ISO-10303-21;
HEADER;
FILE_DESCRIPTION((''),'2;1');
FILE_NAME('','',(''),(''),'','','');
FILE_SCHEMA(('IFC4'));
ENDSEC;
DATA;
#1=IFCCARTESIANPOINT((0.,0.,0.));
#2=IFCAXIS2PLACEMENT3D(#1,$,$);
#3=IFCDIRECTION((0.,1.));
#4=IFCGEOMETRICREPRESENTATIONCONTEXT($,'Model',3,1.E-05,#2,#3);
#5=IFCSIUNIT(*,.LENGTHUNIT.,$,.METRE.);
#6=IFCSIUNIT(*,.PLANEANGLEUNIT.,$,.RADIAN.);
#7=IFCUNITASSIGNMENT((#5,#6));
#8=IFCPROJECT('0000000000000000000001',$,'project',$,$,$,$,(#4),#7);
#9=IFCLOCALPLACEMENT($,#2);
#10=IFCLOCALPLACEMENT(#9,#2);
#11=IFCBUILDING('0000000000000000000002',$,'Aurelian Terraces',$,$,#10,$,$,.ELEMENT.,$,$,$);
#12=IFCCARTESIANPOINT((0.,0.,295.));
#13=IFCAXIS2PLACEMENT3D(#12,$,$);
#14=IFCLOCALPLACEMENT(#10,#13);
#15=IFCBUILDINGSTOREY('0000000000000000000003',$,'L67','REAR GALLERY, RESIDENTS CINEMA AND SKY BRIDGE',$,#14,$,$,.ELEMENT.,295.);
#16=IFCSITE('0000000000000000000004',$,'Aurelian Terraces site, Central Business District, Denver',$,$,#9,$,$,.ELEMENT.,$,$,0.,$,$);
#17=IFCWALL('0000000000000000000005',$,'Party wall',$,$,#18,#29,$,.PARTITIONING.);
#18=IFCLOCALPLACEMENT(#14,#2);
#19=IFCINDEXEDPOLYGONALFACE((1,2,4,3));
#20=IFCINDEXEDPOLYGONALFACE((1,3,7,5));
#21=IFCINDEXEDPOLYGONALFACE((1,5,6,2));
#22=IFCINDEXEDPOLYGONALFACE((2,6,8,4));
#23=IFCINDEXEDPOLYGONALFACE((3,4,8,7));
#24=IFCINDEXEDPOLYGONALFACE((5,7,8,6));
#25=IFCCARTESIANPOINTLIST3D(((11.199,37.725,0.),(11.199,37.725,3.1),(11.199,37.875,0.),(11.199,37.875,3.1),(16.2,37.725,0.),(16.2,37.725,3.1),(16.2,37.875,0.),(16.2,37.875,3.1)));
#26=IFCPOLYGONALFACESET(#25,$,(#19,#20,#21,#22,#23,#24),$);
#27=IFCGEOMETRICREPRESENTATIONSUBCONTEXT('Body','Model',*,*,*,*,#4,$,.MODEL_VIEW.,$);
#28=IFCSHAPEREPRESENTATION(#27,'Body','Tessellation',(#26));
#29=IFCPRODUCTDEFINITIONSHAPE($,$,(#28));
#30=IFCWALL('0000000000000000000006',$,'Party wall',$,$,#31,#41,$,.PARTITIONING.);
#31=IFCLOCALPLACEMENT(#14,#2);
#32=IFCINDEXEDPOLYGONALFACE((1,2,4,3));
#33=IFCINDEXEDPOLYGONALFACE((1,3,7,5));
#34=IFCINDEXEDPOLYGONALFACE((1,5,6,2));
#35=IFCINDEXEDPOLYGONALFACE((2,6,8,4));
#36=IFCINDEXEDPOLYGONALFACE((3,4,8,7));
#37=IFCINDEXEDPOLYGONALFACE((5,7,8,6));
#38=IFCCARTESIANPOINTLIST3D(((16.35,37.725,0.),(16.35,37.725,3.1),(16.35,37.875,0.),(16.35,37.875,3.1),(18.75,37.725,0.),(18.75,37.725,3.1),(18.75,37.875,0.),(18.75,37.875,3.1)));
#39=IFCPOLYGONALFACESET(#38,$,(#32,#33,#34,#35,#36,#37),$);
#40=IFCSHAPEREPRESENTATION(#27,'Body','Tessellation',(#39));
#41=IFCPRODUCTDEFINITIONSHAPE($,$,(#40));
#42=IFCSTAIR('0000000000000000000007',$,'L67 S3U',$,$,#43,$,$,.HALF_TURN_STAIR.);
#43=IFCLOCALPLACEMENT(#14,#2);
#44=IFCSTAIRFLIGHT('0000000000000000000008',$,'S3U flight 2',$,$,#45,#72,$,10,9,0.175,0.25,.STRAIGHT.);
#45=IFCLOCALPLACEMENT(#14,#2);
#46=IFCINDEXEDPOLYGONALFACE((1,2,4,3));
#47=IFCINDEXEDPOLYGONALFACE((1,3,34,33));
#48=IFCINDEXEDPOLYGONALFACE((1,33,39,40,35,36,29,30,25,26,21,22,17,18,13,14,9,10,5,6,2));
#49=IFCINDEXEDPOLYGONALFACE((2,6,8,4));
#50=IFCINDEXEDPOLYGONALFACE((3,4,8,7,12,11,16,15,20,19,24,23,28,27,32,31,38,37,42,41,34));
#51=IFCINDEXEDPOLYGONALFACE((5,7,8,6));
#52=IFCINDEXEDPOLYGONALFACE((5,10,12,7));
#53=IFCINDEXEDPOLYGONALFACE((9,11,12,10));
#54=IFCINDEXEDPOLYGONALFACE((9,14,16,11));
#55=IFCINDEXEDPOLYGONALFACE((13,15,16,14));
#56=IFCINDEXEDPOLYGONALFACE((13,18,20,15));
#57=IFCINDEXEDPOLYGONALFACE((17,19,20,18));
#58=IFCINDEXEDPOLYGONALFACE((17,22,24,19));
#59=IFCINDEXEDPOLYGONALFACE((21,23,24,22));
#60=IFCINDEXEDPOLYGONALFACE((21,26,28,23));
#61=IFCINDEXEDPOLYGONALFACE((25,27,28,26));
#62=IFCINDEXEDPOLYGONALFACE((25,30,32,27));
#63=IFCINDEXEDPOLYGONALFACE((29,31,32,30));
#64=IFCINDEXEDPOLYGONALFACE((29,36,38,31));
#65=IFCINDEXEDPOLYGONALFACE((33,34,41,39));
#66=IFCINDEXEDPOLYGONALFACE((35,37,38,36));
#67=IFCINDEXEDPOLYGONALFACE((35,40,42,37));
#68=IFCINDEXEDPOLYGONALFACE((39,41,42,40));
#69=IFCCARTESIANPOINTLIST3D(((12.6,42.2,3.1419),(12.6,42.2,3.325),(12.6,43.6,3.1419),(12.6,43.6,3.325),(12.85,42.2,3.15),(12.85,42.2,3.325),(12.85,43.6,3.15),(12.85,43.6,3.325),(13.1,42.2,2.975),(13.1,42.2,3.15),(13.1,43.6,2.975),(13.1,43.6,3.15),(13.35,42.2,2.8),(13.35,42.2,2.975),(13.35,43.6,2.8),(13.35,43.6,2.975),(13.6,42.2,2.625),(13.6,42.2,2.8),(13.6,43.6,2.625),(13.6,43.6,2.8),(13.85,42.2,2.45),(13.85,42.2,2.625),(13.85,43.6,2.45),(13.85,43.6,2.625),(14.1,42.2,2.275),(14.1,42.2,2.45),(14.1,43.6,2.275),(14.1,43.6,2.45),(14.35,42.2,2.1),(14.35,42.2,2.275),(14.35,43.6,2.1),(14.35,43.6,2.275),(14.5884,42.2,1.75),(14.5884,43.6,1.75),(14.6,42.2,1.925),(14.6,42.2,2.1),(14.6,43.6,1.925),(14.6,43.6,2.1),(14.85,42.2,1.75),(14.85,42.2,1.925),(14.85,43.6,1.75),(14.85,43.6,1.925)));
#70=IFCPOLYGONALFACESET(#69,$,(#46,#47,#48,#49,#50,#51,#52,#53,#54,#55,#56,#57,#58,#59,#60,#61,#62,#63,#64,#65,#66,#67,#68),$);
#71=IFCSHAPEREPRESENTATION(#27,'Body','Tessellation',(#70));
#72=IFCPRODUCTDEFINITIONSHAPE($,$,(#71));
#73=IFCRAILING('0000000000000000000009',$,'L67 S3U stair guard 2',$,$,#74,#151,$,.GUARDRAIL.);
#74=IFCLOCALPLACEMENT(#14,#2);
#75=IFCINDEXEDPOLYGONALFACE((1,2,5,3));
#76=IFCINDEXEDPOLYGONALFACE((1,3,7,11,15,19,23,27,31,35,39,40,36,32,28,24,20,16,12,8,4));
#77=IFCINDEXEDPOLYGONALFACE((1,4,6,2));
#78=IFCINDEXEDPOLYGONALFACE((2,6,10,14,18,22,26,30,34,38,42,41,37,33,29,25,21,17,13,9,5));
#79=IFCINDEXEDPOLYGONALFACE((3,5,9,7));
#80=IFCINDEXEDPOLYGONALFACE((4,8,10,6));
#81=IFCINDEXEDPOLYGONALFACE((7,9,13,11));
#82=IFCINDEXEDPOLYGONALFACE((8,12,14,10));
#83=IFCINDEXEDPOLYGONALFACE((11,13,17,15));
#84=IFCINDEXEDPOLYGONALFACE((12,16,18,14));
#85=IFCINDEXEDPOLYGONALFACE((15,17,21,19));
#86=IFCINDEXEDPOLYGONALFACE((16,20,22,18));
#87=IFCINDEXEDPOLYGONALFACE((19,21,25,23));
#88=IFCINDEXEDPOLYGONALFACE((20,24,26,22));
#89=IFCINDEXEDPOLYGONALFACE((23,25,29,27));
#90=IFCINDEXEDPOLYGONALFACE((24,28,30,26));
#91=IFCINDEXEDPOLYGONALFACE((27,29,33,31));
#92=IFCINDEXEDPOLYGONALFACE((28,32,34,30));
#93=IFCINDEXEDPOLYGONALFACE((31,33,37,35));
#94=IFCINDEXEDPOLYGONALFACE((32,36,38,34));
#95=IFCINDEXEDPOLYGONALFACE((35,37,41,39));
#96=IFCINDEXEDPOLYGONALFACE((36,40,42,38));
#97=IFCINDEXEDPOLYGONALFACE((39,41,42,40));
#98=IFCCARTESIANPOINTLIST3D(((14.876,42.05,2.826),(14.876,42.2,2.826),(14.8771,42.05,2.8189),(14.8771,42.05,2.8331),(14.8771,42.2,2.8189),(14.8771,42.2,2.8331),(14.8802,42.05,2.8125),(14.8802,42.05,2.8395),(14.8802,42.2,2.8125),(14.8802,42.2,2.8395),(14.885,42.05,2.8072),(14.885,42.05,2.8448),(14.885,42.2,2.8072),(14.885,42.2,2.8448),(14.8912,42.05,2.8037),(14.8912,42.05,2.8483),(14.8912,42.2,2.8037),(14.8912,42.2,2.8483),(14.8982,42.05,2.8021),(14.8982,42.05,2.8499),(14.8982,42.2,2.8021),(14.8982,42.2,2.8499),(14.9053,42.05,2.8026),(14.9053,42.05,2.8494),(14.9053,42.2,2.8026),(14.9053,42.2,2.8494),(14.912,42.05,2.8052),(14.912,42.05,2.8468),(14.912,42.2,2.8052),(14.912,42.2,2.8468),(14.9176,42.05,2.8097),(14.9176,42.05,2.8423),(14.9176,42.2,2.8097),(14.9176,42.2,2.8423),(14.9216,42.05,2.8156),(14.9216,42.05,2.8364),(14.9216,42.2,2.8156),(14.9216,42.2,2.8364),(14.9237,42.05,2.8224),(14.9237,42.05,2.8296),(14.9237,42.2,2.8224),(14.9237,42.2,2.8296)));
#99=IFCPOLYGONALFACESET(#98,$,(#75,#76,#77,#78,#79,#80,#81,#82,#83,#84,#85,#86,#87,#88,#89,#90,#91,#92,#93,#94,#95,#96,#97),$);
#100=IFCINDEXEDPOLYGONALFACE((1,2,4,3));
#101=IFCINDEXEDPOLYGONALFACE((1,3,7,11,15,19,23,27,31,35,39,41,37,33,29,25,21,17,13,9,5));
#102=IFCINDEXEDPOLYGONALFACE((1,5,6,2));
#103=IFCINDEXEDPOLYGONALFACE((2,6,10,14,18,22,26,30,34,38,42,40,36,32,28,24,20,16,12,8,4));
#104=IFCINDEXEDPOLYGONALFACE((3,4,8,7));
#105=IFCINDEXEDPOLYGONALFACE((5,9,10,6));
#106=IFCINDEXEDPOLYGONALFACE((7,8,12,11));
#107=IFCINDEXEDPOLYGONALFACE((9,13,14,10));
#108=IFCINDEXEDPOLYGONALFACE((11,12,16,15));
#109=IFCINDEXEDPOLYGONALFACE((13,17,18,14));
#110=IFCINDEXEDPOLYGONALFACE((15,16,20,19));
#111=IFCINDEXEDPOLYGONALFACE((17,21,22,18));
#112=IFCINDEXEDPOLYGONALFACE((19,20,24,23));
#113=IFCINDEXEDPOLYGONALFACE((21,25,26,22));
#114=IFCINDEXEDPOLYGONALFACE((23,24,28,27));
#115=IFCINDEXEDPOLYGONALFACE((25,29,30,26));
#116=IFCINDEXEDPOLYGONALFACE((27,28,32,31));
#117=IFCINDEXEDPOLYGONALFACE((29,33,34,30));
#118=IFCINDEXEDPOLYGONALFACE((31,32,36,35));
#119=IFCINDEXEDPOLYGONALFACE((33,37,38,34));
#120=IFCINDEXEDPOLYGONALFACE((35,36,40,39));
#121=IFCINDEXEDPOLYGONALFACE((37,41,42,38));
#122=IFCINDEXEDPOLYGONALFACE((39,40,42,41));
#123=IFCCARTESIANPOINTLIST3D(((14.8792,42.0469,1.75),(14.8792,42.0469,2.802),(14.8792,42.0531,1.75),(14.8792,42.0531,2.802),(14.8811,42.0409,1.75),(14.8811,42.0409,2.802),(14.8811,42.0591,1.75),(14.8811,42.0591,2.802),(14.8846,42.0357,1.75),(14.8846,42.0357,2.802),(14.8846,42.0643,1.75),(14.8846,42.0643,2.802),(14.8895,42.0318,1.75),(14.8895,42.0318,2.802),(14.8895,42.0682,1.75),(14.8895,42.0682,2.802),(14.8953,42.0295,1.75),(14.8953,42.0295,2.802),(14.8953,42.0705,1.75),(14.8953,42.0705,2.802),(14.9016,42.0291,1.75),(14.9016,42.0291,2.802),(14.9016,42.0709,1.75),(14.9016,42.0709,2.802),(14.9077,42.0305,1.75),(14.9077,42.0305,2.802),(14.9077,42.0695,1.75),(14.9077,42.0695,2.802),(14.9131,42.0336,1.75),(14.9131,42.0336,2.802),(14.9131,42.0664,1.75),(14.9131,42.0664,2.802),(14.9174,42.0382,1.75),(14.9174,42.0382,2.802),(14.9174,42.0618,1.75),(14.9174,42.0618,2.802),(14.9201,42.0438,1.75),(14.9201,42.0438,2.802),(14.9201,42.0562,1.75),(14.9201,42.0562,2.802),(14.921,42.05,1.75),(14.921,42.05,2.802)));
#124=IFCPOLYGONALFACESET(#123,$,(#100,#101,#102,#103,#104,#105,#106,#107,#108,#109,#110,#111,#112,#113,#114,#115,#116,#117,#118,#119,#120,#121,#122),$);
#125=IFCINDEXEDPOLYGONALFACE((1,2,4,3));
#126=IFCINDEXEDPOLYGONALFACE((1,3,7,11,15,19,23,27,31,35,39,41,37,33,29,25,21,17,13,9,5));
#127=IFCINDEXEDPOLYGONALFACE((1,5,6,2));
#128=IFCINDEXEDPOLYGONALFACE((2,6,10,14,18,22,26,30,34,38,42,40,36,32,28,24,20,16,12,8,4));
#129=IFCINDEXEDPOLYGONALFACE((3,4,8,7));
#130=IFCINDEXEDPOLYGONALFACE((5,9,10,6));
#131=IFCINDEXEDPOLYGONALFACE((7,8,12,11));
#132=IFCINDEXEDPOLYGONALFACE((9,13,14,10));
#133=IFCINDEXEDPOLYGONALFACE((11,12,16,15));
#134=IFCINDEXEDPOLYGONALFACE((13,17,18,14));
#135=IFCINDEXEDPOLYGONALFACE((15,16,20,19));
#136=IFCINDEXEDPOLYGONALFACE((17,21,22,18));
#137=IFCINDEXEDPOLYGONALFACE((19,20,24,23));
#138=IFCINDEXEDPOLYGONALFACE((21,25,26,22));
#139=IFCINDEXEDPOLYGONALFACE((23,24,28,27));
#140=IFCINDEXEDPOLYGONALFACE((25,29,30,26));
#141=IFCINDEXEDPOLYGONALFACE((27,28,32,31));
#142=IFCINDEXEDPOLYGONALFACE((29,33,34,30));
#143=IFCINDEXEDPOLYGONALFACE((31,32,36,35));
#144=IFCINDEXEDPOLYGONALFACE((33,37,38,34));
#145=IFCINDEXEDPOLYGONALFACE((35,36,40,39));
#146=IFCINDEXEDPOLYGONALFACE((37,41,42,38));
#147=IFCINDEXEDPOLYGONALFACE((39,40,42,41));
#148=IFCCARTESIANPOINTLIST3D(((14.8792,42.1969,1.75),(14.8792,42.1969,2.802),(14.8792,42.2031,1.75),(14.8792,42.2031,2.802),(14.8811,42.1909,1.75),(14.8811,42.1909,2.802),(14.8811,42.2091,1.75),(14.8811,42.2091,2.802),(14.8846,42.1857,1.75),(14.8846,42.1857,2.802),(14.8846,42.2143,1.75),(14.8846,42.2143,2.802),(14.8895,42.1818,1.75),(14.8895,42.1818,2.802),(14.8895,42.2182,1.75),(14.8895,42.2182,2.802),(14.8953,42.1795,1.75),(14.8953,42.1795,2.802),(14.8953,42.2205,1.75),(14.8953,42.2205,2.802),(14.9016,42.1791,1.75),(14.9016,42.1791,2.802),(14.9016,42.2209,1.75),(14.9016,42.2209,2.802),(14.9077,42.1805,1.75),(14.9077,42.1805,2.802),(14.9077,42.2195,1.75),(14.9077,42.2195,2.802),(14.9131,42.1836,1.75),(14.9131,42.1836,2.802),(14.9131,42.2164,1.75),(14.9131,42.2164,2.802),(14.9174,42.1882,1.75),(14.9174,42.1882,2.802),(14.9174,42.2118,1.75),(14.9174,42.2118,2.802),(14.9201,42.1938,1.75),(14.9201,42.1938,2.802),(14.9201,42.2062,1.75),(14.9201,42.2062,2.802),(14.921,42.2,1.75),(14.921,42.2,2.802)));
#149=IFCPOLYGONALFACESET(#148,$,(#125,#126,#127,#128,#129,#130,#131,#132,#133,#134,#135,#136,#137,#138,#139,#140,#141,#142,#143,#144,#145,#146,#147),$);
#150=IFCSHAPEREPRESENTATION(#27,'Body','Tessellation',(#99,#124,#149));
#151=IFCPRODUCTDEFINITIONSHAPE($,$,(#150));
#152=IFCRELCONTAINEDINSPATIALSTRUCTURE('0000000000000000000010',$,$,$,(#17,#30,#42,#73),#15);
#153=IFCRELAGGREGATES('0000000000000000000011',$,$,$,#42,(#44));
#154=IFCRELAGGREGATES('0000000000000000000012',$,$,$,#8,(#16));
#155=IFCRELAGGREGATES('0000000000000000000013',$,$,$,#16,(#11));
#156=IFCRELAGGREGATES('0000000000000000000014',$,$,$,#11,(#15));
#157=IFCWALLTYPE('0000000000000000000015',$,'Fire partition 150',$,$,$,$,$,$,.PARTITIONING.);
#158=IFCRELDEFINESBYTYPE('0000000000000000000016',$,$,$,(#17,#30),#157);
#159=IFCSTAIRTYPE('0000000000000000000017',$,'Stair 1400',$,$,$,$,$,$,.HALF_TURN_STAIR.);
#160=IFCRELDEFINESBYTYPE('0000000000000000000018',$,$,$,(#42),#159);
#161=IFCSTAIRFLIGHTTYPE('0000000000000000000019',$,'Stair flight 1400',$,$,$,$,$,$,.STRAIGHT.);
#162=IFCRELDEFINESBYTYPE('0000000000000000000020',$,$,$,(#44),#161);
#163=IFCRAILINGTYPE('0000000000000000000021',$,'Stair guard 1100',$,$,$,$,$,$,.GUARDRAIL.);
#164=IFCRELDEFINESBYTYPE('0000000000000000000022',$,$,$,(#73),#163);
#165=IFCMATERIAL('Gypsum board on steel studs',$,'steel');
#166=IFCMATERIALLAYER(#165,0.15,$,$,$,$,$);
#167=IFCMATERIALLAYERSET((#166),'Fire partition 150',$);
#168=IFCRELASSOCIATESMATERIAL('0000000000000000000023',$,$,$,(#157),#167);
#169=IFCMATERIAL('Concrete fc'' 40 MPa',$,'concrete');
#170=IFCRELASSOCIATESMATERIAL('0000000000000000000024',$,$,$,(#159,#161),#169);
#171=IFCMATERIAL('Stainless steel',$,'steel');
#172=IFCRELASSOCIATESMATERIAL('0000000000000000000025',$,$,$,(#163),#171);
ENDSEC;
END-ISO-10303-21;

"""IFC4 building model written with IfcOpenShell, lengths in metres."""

from ifc_helpers import new_model, si_unit, direction, frame, frame_2d, origin, origin_2d, place, context, subcontext, project, spatial, polyline, rectangle, circle, outline, extrude, source, transform, mapped, material, layer, layer_set, type_object, element, aggregate, save


model = new_model("IFC4")

# Units and contexts
model_context = context("Model", 3, precision=1e-05, world=origin(), true_north=direction((0.0, 1.0)))
body_context = subcontext(model_context, "Body", "Model", "MODEL_VIEW")
ifc_project = project(units=[si_unit("LENGTHUNIT", "METRE"), si_unit("PLANEANGLEUNIT", "RADIAN")], contexts=[model_context])

# Site, building, storey
site_placement = place(None, origin())
site = spatial("IfcSite", under=ifc_project, at=site_placement, Name="Aurelian Terraces site, Central Business District, Denver", CompositionType="ELEMENT", RefElevation=0.0)
building_placement = place(site_placement, origin())
building = spatial("IfcBuilding", under=site, at=building_placement, Name="Aurelian Terraces", CompositionType="ELEMENT")
storey_placement = place(building_placement, frame((0.0, 0.0, 295.0)))
storey = spatial("IfcBuildingStorey", under=building, at=storey_placement, Name="L67", Description="REAR GALLERY, RESIDENTS CINEMA AND SKY BRIDGE", CompositionType="ELEMENT", Elevation=295.0)

# Shared definitions
ifc_material_1 = material(Name="Concrete fc' 40 MPa", Category="concrete")

# Shared definitions
ifc_material_2 = material(Name="Gypsum board on steel studs", Category="steel")

# Shared definitions
ifc_layer_1 = layer(ifc_material_2, 0.15)
ifc_layer_set_1 = layer_set([ifc_layer_1], Name="Fire partition 150")
wall_type_1 = type_object("IfcWallType", Name="Fire partition 150", PredefinedType="PARTITIONING", material=ifc_layer_set_1)

# Walls
shared_shape_1 = source(origin(), body_context, "Body", "SweptSolid", [
    extrude(rectangle(XDim=5.001, YDim=0.15, at=frame_2d((2.5005, 0.0))), origin(), (0.0, 0.0, 1.0), 3.1),
])
wall_1_placement = place(storey_placement, frame((16.2, 37.8, 0.0), z_axis=(0.0, 0.0, 1.0), x_axis=(-1.0, 0.0, 0.0)))
element("IfcWall", 1, at=wall_1_placement, inside=storey, type_object=wall_type_1, Name="Party wall", PredefinedType="PARTITIONING", context=body_context, shape_type="MappedRepresentation", body=[
    mapped(shared_shape_1, transform((0.0, 0.0, 0.0), scale=1.0)),
])
shared_shape_2 = source(origin(), body_context, "Body", "SweptSolid", [
    extrude(rectangle(XDim=2.4, YDim=0.15, at=frame_2d((1.2, 0.0))), origin(), (0.0, 0.0, 1.0), 3.1),
])
wall_2_placement = place(storey_placement, frame((18.75, 37.8, 0.0), z_axis=(0.0, 0.0, 1.0), x_axis=(-1.0, 0.0, 0.0)))
element("IfcWall", 2, at=wall_2_placement, inside=storey, type_object=wall_type_1, Name="Party wall", PredefinedType="PARTITIONING", context=body_context, shape_type="MappedRepresentation", body=[
    mapped(shared_shape_2, transform((0.0, 0.0, 0.0), scale=1.0)),
])

# Stair, stair flight
stair_type = type_object("IfcStairType", Name="Stair 1400", PredefinedType="HALF_TURN_STAIR", material=ifc_material_1)
stair_placement = place(storey_placement, origin())
stair = element("IfcStair", 3, at=stair_placement, inside=storey, type_object=stair_type, Name="L67 S3U", PredefinedType="HALF_TURN_STAIR")
stair_flight_type = type_object("IfcStairFlightType", Name="Stair flight 1400", PredefinedType="STRAIGHT", material=ifc_material_1)
shared_shape_3 = source(origin(), body_context, "Body", "SweptSolid", [
    extrude(outline(polyline([(0.0, 0.0), (0.0, 0.175), (0.25, 0.175), (0.25, 0.35), (0.5, 0.35), (0.5, 0.525), (0.75, 0.525), (0.75, 0.7), (1.0, 0.7), (1.0, 0.875), (1.25, 0.875), (1.25, 1.05), (1.5, 1.05), (1.5, 1.225), (1.75, 1.225), (1.75, 1.4), (2.0, 1.4), (2.0, 1.575), (2.25, 1.575), (2.25, 1.75), (2.25, 1.3919), (0.2616, 0.0), (0.0, 0.0)])), frame((0.0, 0.7, 0.0), z_axis=(0.0, -1.0, 0.0), x_axis=(1.0, 0.0, 0.0)), (0.0, 0.0, 1.0), 1.4),
])
stair_flight_placement = place(storey_placement, frame((14.85, 42.9, 1.75), z_axis=(0.0, 0.0, 1.0), x_axis=(-1.0, 0.0, 0.0)))
stair_flight = element("IfcStairFlight", 4, at=stair_flight_placement, type_object=stair_flight_type, Name="S3U flight 2", NumberOfRisers=10, NumberOfTreads=9, PredefinedType="STRAIGHT", RiserHeight=0.175, TreadLength=0.25, context=body_context, shape_type="MappedRepresentation", body=[
    mapped(shared_shape_3, transform((0.0, 0.0, 0.0), scale=1.0)),
])
aggregate(stair, [stair_flight])

# Railing
ifc_material_3 = material(Name="Stainless steel", Category="steel")
railing_type_1 = type_object("IfcRailingType", Name="Stair guard 1100", PredefinedType="GUARDRAIL", material=ifc_material_3)
shared_shape_4 = source(origin(), body_context, "Body", "SweptSolid", [
    extrude(circle(Radius=0.024, at=origin_2d()), frame((0.0, 0.0, 1.076), z_axis=(0.0, 1.0, 0.0), x_axis=(-1.0, 0.0, 0.0)), (0.0, 0.0, 1.0), 0.15),
    extrude(circle(Radius=0.021, at=origin_2d()), origin(), (0.0, 0.0, 1.0), 1.052),
    extrude(circle(Radius=0.021, at=origin_2d()), frame((0.0, 0.15, 0.0)), (0.0, 0.0, 1.0), 1.052),
])
railing_1_placement = place(storey_placement, frame((14.9, 42.05, 1.75)))
element("IfcRailing", 5, at=railing_1_placement, inside=storey, type_object=railing_type_1, Name="L67 S3U stair guard 2", PredefinedType="GUARDRAIL", context=body_context, shape_type="MappedRepresentation", body=[
    mapped(shared_shape_4, transform((0.0, 0.0, 0.0), scale=1.0)),
])

save(model, "model.ifc")
